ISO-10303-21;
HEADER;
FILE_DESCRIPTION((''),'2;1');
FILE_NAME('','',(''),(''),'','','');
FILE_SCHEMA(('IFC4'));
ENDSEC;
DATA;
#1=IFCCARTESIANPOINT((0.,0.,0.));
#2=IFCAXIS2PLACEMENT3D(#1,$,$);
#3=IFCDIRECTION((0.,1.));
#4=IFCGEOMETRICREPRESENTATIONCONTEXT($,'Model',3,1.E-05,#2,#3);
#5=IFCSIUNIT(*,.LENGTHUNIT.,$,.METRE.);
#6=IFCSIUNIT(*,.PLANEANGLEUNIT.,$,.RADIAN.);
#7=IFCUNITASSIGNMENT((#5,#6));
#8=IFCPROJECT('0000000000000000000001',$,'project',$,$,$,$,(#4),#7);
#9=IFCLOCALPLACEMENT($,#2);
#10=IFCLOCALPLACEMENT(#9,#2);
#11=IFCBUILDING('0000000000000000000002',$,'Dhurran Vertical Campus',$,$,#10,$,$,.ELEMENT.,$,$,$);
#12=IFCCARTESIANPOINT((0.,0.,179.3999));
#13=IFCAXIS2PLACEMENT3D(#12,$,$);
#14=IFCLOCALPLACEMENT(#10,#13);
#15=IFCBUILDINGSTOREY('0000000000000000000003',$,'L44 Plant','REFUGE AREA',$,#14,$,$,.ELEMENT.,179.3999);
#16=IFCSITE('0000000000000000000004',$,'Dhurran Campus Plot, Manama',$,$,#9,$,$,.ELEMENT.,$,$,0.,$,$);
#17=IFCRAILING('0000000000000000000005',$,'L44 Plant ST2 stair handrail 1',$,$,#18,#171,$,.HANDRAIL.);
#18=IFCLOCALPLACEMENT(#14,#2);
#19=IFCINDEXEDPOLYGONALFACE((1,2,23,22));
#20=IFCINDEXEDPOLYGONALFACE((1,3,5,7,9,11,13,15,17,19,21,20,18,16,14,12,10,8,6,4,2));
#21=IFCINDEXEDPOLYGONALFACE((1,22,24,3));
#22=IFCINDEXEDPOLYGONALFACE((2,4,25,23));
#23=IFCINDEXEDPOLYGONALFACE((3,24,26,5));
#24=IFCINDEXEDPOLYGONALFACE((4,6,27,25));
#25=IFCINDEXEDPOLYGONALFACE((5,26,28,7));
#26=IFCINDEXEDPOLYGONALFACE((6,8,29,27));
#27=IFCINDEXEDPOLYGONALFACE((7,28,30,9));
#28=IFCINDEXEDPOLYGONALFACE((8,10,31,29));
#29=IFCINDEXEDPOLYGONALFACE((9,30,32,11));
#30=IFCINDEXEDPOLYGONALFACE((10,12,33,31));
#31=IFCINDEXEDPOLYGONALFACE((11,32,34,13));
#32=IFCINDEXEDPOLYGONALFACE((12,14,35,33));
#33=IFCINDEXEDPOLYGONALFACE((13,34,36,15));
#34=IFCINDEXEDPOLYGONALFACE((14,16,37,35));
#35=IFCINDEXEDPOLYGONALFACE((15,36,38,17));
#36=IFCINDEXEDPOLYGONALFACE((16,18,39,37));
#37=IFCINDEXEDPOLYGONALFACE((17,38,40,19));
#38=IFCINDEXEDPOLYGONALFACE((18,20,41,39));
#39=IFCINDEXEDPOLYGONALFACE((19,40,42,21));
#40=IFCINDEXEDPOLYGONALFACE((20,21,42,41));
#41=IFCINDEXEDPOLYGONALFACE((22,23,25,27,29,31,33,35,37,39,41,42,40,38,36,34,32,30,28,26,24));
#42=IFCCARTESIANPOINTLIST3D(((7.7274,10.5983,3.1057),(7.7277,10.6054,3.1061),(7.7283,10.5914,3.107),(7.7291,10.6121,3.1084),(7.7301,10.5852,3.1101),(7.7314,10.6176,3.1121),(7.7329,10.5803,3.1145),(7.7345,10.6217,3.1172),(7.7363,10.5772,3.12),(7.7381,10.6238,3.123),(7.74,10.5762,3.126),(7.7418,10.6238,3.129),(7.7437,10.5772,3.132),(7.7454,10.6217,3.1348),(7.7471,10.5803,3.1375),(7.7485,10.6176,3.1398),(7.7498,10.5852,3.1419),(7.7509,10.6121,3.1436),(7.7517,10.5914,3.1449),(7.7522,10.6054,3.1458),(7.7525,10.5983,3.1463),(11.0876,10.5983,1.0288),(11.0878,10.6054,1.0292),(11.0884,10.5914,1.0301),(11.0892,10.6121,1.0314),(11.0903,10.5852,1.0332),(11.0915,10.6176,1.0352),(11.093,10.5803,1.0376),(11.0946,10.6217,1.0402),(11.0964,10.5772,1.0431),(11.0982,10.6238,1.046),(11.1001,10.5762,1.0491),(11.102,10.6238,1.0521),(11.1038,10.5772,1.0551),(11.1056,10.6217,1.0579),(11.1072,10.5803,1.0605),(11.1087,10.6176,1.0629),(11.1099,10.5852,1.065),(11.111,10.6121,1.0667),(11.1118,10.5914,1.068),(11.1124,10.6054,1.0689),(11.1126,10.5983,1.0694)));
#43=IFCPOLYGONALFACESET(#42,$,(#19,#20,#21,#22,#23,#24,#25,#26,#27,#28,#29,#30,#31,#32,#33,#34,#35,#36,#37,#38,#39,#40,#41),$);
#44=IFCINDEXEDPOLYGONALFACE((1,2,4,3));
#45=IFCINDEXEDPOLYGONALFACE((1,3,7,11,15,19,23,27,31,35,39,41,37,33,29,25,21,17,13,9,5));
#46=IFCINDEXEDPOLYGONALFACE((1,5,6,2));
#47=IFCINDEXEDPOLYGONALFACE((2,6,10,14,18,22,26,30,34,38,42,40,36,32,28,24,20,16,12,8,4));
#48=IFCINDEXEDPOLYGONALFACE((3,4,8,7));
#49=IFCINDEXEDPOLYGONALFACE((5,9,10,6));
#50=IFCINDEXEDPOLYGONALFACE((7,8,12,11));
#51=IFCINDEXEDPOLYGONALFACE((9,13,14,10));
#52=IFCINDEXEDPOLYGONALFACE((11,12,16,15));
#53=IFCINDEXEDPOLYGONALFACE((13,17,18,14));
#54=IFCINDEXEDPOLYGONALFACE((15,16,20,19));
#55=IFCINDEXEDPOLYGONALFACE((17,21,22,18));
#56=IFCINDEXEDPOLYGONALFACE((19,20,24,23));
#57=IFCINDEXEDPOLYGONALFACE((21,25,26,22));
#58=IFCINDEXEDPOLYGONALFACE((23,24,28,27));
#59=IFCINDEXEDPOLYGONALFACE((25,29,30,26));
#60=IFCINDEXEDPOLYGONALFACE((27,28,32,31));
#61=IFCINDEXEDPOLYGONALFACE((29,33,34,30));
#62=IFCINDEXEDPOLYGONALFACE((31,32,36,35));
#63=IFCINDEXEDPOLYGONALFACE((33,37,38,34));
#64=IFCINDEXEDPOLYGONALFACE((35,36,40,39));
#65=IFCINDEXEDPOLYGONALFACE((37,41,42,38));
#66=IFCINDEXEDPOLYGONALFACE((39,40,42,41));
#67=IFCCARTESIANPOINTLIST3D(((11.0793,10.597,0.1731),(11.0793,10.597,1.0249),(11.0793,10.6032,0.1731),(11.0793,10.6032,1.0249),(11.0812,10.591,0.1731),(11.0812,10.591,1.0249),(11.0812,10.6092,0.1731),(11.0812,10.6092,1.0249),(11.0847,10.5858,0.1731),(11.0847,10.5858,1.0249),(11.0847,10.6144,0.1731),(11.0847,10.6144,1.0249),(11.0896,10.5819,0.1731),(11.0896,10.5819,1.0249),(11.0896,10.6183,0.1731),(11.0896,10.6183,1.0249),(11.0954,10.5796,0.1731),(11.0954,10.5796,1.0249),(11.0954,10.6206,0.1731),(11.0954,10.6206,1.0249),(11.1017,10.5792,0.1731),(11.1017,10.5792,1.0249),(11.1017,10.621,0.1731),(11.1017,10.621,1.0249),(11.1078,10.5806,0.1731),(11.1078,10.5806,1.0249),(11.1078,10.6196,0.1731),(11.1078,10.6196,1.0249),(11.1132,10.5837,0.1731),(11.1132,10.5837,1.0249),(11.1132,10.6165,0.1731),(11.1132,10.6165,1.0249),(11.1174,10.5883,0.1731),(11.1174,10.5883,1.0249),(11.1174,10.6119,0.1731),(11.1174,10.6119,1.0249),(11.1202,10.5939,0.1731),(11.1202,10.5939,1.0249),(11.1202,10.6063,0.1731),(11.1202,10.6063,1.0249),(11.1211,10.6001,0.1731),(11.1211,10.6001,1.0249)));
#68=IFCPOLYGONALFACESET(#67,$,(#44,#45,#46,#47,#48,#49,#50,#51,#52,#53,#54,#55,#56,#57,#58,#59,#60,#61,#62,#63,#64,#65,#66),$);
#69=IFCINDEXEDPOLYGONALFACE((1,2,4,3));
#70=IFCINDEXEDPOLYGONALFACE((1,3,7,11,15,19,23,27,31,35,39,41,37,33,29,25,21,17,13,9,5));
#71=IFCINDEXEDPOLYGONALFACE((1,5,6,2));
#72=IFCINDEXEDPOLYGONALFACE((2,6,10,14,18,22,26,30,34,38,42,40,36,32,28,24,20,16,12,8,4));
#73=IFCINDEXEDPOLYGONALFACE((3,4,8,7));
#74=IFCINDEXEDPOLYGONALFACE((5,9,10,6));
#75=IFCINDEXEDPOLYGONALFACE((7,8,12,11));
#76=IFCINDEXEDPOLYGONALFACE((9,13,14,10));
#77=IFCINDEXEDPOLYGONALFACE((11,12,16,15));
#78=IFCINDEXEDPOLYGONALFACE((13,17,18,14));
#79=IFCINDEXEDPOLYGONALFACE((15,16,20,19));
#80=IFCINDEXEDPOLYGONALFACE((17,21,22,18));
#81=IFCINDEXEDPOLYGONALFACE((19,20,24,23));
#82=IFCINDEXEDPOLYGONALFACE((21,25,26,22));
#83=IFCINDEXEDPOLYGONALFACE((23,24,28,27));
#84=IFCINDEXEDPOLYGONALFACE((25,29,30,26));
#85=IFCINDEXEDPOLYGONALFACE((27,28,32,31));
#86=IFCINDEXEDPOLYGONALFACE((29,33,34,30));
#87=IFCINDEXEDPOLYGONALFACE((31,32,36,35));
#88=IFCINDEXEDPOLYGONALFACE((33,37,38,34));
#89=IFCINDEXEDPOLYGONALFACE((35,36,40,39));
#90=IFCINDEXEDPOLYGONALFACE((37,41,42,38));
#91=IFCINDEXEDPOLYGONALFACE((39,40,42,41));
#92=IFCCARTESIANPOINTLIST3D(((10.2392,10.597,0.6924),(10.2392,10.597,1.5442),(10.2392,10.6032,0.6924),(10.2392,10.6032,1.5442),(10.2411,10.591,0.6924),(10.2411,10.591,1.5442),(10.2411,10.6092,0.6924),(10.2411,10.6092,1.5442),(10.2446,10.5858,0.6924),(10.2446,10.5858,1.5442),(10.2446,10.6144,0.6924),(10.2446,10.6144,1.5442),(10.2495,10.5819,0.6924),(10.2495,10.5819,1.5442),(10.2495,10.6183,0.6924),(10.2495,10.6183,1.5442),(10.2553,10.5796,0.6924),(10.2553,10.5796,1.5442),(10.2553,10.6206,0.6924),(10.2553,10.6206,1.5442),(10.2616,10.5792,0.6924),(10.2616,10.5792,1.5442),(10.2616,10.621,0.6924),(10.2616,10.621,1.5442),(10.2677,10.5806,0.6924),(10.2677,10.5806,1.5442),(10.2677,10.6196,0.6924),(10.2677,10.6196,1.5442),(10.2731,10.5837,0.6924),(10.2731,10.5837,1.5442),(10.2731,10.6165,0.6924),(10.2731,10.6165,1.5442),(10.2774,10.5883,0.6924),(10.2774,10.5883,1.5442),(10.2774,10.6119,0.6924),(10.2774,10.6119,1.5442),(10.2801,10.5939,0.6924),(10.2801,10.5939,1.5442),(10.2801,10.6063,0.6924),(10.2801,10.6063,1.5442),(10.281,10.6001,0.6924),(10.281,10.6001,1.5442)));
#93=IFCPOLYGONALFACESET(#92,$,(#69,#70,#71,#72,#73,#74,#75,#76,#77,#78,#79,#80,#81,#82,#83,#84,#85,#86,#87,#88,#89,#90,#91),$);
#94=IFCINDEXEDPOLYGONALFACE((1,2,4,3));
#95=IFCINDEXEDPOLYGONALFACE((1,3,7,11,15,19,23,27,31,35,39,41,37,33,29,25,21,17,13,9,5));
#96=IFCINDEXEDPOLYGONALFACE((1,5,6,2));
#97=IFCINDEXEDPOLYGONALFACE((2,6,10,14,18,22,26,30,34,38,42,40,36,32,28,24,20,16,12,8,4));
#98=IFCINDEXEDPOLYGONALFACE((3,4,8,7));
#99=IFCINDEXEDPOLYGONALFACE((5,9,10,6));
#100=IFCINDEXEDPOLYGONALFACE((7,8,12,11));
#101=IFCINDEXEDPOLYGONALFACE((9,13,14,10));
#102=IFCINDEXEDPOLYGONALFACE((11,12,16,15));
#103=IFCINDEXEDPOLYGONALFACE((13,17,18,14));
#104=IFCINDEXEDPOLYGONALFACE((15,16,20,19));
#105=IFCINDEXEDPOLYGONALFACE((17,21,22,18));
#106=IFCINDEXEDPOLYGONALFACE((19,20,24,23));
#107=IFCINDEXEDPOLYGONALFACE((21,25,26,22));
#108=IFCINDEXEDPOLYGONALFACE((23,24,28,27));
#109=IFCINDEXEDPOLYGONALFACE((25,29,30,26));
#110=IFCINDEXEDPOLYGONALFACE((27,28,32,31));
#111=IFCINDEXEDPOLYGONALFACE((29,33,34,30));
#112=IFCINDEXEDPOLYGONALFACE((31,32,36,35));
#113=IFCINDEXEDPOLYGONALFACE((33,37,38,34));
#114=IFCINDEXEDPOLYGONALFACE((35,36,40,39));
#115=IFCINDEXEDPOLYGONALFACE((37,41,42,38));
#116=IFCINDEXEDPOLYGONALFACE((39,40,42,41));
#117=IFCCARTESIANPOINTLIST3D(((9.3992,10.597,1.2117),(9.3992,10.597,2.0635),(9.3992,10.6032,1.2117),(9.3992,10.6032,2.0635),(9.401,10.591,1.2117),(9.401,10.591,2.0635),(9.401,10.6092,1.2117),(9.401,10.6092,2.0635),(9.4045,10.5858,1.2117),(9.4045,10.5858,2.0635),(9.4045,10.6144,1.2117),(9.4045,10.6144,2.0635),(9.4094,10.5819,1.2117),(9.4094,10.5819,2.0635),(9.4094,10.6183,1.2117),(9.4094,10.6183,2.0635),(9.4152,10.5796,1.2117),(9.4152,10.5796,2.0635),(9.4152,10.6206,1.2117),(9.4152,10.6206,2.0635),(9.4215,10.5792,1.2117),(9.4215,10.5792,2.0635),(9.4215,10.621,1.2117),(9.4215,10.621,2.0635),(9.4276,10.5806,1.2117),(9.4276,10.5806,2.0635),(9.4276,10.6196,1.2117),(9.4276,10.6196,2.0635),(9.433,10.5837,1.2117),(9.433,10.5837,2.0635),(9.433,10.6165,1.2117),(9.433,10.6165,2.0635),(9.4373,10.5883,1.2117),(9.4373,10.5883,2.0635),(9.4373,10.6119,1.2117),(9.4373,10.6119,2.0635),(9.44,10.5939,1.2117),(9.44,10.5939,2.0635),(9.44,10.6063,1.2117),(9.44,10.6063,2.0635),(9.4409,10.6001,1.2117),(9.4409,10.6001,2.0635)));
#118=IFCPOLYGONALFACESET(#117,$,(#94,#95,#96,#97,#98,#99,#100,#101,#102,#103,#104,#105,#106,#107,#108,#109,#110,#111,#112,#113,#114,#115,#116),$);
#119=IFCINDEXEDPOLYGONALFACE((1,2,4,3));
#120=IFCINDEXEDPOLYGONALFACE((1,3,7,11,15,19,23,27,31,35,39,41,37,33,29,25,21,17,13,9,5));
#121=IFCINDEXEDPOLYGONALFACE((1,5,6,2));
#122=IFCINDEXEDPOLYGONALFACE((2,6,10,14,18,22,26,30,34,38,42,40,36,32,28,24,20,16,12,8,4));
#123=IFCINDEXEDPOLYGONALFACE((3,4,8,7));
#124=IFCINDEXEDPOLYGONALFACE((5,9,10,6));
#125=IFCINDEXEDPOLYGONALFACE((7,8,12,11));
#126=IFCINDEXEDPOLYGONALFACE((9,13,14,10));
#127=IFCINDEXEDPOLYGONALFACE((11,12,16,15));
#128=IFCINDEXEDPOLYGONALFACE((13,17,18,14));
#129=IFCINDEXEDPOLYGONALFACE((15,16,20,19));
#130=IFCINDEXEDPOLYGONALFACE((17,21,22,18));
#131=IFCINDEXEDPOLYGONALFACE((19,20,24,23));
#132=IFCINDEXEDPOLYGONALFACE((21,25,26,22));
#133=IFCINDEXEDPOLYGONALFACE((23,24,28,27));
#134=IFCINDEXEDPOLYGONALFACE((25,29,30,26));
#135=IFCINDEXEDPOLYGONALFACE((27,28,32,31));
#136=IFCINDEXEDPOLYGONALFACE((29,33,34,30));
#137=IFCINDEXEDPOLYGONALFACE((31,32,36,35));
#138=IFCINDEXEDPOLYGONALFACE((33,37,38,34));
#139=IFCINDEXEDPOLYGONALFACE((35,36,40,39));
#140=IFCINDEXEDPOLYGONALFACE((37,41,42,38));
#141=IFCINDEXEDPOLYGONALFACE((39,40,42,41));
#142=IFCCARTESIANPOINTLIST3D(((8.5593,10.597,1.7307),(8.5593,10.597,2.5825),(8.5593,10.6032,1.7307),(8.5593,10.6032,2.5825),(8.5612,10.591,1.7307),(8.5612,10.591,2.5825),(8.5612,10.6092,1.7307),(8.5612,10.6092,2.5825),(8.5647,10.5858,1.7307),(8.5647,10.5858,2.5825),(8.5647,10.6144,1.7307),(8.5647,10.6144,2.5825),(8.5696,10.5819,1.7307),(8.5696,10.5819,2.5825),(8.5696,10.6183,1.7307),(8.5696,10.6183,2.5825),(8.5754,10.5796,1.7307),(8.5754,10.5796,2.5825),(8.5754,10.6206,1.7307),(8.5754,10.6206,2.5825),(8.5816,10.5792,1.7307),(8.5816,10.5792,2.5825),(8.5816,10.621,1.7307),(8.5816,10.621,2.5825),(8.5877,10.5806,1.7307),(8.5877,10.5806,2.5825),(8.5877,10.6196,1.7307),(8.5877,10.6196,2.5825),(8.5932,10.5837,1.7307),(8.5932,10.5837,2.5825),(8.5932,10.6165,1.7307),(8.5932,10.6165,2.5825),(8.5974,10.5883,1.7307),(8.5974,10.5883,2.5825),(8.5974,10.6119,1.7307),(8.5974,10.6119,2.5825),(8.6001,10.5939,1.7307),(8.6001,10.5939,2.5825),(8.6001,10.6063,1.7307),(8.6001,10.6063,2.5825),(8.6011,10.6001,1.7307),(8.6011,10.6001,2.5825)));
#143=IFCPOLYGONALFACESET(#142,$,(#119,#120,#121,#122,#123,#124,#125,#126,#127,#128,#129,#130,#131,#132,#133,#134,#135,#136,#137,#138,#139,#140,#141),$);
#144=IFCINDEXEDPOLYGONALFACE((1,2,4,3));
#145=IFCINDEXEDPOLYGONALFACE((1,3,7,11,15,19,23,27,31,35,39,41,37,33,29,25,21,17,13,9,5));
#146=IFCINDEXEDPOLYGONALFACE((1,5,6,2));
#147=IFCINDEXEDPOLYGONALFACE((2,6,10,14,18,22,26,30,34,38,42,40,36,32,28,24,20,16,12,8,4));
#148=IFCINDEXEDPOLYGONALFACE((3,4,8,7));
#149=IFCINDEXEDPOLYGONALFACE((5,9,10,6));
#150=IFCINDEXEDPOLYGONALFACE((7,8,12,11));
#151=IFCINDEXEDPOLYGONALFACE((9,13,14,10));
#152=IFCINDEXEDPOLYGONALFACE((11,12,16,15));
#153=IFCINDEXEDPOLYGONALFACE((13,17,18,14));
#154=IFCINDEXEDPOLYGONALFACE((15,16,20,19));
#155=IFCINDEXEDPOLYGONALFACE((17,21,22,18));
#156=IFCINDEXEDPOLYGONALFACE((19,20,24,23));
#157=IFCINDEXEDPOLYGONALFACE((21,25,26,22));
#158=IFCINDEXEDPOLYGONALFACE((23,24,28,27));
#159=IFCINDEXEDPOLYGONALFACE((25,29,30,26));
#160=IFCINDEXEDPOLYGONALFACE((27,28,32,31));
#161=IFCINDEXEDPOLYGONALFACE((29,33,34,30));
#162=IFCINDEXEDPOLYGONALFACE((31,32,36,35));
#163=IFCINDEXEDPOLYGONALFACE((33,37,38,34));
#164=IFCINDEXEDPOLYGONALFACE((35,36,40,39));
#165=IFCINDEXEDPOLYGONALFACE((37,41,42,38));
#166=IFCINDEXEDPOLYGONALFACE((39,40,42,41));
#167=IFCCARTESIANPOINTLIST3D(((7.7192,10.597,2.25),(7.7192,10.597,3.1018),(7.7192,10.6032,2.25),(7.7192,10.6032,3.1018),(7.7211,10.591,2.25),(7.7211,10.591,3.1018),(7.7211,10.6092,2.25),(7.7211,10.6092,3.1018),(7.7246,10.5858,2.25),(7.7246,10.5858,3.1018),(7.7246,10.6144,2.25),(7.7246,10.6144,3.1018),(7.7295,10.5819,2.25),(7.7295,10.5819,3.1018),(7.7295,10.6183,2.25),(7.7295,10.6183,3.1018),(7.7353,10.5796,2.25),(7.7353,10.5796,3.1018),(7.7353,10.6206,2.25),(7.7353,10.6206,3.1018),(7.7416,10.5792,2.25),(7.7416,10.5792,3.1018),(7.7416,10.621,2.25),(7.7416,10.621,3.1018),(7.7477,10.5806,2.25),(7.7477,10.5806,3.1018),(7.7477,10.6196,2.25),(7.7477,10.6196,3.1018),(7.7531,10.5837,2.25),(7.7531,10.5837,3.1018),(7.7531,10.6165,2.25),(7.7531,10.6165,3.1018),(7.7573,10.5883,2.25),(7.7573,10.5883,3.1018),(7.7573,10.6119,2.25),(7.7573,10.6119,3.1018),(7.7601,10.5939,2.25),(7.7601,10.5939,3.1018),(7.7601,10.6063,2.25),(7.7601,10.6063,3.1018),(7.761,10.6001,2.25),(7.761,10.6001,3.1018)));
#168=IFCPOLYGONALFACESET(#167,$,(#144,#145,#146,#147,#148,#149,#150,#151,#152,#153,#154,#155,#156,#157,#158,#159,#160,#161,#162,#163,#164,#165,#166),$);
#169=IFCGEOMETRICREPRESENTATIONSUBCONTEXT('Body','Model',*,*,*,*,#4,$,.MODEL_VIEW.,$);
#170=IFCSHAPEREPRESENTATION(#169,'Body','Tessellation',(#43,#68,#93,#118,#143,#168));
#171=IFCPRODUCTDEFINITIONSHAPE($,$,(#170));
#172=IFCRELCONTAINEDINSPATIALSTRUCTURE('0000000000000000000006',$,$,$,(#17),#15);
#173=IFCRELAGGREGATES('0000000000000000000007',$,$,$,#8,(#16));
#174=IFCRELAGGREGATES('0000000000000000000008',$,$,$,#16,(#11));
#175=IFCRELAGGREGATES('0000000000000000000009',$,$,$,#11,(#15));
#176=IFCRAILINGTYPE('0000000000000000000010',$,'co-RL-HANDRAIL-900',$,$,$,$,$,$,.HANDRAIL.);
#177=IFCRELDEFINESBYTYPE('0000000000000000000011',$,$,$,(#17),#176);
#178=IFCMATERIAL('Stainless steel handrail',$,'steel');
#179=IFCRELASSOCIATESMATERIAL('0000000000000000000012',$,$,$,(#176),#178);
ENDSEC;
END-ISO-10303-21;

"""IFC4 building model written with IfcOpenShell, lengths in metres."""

from ifc_helpers import new_model, si_unit, direction, frame, origin, origin_2d, place, context, subcontext, project, spatial, circle, extrude, material, type_object, element, save


model = new_model("IFC4")

# Units and contexts
model_context = context("Model", 3, precision=1e-05, world=origin(), true_north=direction((0.0, 1.0)))
body_context = subcontext(model_context, "Body", "Model", "MODEL_VIEW")
ifc_project = project(units=[si_unit("LENGTHUNIT", "METRE"), si_unit("PLANEANGLEUNIT", "RADIAN")], contexts=[model_context])

# Site, building, storey
site_placement = place(None, origin())
site = spatial("IfcSite", under=ifc_project, at=site_placement, Name="Dhurran Campus Plot, Manama", CompositionType="ELEMENT", RefElevation=0.0)
building_placement = place(site_placement, origin())
building = spatial("IfcBuilding", under=site, at=building_placement, Name="Dhurran Vertical Campus", CompositionType="ELEMENT")
storey_placement = place(building_placement, frame((0.0, 0.0, 179.3999)))
storey = spatial("IfcBuildingStorey", under=building, at=storey_placement, Name="L44 Plant", Description="REFUGE AREA", CompositionType="ELEMENT", Elevation=179.3999)

# Railing
ifc_material_1 = material(Name="Stainless steel handrail", Category="steel")
railing_type_1 = type_object("IfcRailingType", Name="co-RL-HANDRAIL-900", PredefinedType="HANDRAIL", material=ifc_material_1)
railing_1_placement = place(storey_placement, frame((11.1001, 10.6001, 0.1731)))
element("IfcRailing", 1, at=railing_1_placement, inside=storey, type_object=railing_type_1, Name="L44 Plant ST2 stair handrail 1", PredefinedType="HANDRAIL", context=body_context, shape_type="SweptSolid", body=[
    extrude(circle(Radius=0.0239, at=origin_2d()), frame((0.0, 0.0, 0.876), z_axis=(-0.850623, 0.0, 0.525776), x_axis=(0.0, -1.0, 0.0)), (0.0, 0.0, 1.0), 3.9502),
    extrude(circle(Radius=0.021, at=origin_2d()), origin(), (0.0, 0.0, 1.0), 0.8518),
    extrude(circle(Radius=0.021, at=origin_2d()), frame((-0.8401, 0.0, 0.5193)), (0.0, 0.0, 1.0), 0.8518),
    extrude(circle(Radius=0.021, at=origin_2d()), frame((-1.6802, 0.0, 1.0386)), (0.0, 0.0, 1.0), 0.8518),
    extrude(circle(Radius=0.021, at=origin_2d()), frame((-2.52, 0.0, 1.5576)), (0.0, 0.0, 1.0), 0.8518),
    extrude(circle(Radius=0.021, at=origin_2d()), frame((-3.3601, 0.0, 2.0769)), (0.0, 0.0, 1.0), 0.8518),
])

save(model, "model.ifc")
